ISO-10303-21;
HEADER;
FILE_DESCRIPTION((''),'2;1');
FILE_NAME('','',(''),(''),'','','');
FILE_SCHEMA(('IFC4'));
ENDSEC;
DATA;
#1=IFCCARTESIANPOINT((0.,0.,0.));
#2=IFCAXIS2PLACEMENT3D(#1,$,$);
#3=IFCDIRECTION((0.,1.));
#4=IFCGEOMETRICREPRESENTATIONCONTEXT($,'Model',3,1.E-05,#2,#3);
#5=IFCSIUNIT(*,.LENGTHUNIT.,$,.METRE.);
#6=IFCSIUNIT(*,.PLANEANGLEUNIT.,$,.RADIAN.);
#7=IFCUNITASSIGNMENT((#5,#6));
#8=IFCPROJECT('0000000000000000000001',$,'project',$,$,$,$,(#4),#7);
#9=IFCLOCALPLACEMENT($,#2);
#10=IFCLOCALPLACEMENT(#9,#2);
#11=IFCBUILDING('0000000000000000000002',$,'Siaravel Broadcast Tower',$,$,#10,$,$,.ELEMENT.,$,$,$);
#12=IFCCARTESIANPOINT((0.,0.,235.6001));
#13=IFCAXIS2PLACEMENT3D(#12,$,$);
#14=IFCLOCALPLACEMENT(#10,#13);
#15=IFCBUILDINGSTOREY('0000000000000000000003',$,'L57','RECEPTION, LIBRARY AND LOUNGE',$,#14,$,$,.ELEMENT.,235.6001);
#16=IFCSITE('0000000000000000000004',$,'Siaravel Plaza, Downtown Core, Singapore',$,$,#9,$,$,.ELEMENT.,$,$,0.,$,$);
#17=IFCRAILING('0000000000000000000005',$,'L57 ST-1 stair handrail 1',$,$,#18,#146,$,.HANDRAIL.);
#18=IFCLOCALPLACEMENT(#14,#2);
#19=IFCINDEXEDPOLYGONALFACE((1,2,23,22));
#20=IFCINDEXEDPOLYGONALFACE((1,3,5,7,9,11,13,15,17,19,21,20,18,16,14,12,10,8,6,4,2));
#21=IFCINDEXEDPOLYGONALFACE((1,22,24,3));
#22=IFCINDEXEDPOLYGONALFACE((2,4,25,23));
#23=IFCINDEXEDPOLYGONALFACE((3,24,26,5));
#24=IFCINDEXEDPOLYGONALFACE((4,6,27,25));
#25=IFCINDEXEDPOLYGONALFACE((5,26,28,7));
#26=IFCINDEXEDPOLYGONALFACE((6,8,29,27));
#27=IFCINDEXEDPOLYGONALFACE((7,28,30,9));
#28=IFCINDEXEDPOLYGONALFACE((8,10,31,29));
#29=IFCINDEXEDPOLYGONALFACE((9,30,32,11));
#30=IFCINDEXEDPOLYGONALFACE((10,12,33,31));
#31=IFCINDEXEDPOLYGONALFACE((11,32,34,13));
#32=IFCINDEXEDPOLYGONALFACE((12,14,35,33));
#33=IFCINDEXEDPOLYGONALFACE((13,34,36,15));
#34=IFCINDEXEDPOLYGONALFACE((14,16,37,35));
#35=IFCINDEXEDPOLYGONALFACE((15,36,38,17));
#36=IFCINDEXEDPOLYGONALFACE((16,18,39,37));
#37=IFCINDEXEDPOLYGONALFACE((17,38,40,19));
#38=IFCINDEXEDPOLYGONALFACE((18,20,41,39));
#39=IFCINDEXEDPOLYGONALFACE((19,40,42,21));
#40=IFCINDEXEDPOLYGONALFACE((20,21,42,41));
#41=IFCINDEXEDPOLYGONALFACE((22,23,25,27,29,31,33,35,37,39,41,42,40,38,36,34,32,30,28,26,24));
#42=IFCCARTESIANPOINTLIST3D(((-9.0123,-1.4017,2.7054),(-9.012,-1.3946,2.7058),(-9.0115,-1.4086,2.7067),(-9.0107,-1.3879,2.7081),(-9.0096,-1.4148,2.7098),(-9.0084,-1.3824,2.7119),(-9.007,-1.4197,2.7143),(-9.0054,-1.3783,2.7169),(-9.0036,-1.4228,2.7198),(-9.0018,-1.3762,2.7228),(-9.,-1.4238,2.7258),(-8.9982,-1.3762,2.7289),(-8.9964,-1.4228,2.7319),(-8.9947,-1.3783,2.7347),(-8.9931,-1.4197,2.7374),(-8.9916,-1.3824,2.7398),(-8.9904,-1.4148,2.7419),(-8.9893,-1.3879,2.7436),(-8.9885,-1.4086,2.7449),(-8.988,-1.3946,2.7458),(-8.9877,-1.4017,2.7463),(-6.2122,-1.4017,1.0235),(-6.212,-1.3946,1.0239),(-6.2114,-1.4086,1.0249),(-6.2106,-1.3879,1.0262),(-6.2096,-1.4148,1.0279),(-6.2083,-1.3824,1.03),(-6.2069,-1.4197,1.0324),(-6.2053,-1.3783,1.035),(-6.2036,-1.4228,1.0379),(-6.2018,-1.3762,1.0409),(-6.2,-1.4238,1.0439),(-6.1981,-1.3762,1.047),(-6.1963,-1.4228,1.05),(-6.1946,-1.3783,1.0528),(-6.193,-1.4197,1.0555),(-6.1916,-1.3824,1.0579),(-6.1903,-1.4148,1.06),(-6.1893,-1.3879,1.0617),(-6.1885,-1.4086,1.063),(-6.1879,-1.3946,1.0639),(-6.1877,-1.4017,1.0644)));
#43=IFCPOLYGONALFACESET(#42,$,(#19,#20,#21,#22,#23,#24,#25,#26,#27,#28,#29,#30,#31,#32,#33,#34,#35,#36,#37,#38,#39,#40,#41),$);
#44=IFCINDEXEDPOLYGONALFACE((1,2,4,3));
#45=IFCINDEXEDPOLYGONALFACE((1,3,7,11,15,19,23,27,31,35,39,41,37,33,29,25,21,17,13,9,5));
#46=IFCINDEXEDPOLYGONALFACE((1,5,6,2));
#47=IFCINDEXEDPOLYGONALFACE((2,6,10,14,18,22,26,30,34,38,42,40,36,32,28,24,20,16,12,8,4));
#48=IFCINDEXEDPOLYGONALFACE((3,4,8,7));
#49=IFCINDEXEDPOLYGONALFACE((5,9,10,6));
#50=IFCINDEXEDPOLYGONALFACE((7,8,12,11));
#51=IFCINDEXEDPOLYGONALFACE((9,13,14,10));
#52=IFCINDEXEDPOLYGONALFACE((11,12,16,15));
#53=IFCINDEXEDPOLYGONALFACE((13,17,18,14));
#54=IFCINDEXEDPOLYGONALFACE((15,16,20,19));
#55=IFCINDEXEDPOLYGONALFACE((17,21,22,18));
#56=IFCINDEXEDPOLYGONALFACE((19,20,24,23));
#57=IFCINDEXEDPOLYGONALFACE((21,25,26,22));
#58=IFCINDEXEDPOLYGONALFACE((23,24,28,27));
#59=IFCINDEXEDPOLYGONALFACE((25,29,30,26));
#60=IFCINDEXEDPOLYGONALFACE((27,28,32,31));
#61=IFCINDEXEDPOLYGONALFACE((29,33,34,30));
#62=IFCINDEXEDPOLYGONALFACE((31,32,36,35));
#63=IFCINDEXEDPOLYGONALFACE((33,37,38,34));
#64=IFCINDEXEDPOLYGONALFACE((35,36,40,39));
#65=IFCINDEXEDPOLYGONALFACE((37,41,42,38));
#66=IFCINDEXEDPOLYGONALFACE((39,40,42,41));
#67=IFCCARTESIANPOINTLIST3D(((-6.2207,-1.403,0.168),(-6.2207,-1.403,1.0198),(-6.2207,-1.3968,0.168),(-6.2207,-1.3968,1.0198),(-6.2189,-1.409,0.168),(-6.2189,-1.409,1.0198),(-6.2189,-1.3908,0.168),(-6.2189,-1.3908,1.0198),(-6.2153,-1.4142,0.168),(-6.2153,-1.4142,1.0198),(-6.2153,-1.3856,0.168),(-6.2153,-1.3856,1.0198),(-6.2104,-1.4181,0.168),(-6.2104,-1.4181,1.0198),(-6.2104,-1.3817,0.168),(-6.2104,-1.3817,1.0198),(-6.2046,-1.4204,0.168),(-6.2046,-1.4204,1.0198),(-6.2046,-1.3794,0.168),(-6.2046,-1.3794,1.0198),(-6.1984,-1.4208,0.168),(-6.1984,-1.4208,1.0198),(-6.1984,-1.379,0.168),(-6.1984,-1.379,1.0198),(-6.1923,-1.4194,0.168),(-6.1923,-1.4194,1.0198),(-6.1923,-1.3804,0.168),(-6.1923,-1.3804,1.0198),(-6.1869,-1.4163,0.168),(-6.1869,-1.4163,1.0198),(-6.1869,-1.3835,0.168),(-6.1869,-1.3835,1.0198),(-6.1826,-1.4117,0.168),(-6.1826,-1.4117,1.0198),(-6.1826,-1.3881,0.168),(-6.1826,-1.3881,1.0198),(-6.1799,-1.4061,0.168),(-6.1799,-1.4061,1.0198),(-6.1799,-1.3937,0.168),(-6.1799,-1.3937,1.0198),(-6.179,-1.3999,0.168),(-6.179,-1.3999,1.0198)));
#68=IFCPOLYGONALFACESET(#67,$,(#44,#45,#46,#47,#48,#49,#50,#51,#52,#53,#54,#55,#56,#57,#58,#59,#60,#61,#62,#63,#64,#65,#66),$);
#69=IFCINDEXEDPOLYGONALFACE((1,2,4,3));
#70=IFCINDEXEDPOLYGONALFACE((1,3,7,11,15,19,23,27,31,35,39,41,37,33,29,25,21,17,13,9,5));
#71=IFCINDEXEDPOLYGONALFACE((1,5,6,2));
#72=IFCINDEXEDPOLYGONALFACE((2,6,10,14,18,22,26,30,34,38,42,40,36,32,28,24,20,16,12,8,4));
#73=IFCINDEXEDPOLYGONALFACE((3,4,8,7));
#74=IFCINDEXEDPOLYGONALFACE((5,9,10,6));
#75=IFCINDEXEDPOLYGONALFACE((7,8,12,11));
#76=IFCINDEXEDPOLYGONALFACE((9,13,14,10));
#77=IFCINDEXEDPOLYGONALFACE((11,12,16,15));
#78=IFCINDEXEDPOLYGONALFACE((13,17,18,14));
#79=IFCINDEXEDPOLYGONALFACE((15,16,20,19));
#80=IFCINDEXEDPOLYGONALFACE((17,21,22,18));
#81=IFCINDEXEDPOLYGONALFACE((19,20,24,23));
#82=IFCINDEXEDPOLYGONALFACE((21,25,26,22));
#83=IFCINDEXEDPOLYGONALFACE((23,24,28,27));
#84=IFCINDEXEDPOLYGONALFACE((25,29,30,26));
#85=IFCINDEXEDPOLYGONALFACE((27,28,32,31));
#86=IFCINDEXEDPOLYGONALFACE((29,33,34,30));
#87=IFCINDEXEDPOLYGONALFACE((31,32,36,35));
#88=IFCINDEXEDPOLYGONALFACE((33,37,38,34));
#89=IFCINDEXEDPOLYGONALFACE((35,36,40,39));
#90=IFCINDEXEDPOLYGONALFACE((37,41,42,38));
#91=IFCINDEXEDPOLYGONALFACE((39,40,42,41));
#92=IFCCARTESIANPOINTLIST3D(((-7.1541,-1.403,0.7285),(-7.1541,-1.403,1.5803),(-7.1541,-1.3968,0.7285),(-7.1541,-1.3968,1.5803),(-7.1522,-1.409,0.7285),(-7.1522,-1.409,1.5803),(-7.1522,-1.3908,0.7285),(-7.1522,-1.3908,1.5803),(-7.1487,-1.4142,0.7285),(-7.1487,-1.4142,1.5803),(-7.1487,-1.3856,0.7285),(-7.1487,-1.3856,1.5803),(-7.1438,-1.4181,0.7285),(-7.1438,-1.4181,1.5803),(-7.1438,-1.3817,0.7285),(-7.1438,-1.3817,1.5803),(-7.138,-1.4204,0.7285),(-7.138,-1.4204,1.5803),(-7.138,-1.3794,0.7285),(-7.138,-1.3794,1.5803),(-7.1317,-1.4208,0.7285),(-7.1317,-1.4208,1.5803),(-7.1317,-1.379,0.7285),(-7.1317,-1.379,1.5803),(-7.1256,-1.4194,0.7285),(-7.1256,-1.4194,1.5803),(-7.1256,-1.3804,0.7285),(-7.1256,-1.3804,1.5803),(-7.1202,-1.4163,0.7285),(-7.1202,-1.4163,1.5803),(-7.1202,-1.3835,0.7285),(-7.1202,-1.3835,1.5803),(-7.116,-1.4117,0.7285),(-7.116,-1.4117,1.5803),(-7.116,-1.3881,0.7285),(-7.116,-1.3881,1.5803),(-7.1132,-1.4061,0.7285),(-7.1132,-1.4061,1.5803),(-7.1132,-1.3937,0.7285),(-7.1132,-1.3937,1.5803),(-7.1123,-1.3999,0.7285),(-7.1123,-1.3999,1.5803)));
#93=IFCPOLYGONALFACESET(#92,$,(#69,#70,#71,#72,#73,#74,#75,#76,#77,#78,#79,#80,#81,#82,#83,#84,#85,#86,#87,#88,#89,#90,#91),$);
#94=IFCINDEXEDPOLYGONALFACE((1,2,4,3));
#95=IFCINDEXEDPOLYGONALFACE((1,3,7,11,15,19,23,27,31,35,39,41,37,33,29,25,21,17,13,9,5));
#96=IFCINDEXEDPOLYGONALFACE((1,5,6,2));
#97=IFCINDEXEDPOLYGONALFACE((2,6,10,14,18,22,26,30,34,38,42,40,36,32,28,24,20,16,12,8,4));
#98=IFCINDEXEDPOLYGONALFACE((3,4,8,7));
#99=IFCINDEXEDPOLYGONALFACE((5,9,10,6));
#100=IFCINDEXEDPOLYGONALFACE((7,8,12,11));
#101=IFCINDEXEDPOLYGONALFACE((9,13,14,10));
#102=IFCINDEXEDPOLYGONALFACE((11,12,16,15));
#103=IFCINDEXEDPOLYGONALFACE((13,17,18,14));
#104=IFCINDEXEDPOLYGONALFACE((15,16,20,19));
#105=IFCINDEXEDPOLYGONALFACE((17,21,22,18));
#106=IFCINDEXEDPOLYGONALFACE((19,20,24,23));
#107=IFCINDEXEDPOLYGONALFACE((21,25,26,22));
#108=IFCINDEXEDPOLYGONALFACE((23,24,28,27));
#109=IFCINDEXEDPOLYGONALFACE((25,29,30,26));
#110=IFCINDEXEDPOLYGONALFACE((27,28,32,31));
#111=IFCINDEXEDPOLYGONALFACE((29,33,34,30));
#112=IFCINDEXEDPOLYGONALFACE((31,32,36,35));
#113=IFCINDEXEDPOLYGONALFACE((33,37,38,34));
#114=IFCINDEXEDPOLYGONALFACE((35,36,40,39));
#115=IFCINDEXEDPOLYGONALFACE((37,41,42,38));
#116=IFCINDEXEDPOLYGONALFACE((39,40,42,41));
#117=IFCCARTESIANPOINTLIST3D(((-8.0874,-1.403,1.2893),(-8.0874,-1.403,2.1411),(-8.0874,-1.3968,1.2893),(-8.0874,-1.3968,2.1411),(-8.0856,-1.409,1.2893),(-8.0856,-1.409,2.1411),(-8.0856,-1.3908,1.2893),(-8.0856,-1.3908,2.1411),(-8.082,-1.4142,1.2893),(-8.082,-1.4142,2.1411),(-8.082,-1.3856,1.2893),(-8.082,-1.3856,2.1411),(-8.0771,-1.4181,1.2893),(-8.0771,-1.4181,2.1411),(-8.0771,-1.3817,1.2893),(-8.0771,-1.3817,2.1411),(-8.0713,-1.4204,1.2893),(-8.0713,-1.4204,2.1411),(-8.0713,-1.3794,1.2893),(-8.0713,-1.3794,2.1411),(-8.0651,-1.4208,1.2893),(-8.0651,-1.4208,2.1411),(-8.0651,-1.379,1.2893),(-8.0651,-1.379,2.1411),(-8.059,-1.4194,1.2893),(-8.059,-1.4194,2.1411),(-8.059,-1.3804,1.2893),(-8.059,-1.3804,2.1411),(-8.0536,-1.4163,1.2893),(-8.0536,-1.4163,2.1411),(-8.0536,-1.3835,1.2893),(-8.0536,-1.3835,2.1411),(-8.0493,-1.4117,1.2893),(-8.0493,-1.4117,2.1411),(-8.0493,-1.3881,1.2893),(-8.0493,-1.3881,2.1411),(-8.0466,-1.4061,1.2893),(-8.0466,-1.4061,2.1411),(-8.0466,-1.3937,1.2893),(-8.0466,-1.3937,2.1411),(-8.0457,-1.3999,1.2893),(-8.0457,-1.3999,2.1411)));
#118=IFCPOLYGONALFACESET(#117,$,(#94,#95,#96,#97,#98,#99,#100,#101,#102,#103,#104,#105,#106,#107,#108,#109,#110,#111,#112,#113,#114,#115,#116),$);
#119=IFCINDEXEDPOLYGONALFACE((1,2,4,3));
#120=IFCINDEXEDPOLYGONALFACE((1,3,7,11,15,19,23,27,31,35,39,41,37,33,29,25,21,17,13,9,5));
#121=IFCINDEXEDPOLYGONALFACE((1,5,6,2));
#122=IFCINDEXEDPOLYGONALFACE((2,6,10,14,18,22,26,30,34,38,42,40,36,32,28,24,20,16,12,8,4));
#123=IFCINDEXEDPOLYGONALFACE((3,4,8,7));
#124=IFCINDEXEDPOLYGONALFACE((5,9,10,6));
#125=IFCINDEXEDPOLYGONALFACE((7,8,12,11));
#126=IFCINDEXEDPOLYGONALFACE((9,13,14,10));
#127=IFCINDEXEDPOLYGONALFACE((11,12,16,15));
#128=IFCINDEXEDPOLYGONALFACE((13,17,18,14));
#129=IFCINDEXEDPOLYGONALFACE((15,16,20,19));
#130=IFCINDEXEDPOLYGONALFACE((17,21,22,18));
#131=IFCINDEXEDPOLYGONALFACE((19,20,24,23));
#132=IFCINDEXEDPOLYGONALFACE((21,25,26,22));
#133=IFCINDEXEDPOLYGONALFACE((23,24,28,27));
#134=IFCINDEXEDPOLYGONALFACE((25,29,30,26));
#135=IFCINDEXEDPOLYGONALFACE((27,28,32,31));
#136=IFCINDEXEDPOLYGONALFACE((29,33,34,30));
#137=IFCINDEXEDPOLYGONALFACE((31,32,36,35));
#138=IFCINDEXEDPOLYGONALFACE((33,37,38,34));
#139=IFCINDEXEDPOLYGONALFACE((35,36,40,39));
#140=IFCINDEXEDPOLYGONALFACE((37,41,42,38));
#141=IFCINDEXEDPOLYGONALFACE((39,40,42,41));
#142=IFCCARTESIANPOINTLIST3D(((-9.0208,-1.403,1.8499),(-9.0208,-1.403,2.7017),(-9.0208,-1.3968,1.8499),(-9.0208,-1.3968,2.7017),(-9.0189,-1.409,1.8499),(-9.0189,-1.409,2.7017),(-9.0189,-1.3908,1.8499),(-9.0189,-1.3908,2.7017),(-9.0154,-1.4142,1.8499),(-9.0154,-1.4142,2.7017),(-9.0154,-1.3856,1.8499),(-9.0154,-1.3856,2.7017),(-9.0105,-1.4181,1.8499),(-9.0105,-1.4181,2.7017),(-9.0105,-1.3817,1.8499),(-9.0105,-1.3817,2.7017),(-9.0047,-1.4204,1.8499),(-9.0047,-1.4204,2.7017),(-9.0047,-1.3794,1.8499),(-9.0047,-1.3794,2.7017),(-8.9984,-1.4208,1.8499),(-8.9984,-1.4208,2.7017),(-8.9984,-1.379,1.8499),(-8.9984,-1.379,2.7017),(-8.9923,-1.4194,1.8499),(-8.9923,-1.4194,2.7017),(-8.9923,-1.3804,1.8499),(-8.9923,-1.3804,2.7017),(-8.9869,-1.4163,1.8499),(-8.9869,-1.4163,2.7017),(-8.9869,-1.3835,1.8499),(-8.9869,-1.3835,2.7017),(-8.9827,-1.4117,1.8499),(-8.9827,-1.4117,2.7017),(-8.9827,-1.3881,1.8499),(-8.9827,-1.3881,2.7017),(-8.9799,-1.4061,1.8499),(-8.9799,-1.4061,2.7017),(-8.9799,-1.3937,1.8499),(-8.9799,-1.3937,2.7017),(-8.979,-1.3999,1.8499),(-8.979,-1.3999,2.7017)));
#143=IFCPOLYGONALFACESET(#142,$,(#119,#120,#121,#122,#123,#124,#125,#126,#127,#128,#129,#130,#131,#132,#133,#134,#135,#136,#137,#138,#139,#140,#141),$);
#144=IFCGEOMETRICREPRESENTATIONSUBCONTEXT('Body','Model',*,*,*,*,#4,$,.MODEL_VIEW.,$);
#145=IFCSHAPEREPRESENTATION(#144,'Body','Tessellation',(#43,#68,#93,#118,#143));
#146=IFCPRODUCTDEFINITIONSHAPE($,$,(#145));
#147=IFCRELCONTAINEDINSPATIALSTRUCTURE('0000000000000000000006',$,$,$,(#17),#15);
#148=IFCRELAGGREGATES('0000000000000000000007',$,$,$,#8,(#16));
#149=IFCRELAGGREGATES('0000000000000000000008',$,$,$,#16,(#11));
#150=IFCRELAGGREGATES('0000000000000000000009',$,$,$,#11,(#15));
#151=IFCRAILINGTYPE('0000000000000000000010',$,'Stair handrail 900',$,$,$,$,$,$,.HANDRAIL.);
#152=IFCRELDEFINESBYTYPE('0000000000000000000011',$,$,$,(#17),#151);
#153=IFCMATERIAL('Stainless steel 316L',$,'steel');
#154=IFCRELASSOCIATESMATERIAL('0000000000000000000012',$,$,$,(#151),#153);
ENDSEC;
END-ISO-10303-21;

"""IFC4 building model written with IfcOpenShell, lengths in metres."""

from ifc_helpers import new_model, si_unit, direction, frame, origin, origin_2d, place, context, subcontext, project, spatial, circle, extrude, material, type_object, element, save


model = new_model("IFC4")

# Units and contexts
model_context = context("Model", 3, precision=1e-05, world=origin(), true_north=direction((0.0, 1.0)))
body_context = subcontext(model_context, "Body", "Model", "MODEL_VIEW")
ifc_project = project(units=[si_unit("LENGTHUNIT", "METRE"), si_unit("PLANEANGLEUNIT", "RADIAN")], contexts=[model_context])

# Site, building, storey
site_placement = place(None, origin())
site = spatial("IfcSite", under=ifc_project, at=site_placement, Name="Siaravel Plaza, Downtown Core, Singapore", CompositionType="ELEMENT", RefElevation=0.0)
building_placement = place(site_placement, origin())
building = spatial("IfcBuilding", under=site, at=building_placement, Name="Siaravel Broadcast Tower", CompositionType="ELEMENT")
storey_placement = place(building_placement, frame((0.0, 0.0, 235.6001)))
storey = spatial("IfcBuildingStorey", under=building, at=storey_placement, Name="L57", Description="RECEPTION, LIBRARY AND LOUNGE", CompositionType="ELEMENT", Elevation=235.6001)

# Shared definitions
ifc_material_1 = material(Name="Stainless steel 316L", Category="steel")

# Railing
railing_type_1 = type_object("IfcRailingType", Name="Stair handrail 900", PredefinedType="HANDRAIL", material=ifc_material_1)
railing_1_placement = place(storey_placement, frame((-6.2, -1.3999, 0.168)))
element("IfcRailing", 1, at=railing_1_placement, inside=storey, type_object=railing_type_1, Name="L57 ST-1 stair handrail 1", PredefinedType="HANDRAIL", context=body_context, shape_type="SweptSolid", body=[
    extrude(circle(Radius=0.0239, at=origin_2d()), frame((0.0, 0.0, 0.876), z_axis=(-0.857242, 0.0, 0.514913), x_axis=(0.0, -1.0, 0.0)), (0.0, 0.0, 1.0), 3.2664),
    extrude(circle(Radius=0.021, at=origin_2d()), origin(), (0.0, 0.0, 1.0), 0.8518),
    extrude(circle(Radius=0.021, at=origin_2d()), frame((-0.9333, 0.0, 0.5605)), (0.0, 0.0, 1.0), 0.8518),
    extrude(circle(Radius=0.021, at=origin_2d()), frame((-1.8667, 0.0, 1.1213)), (0.0, 0.0, 1.0), 0.8518),
    extrude(circle(Radius=0.021, at=origin_2d()), frame((-2.8, 0.0, 1.6819)), (0.0, 0.0, 1.0), 0.8518),
])

save(model, "model.ifc")
